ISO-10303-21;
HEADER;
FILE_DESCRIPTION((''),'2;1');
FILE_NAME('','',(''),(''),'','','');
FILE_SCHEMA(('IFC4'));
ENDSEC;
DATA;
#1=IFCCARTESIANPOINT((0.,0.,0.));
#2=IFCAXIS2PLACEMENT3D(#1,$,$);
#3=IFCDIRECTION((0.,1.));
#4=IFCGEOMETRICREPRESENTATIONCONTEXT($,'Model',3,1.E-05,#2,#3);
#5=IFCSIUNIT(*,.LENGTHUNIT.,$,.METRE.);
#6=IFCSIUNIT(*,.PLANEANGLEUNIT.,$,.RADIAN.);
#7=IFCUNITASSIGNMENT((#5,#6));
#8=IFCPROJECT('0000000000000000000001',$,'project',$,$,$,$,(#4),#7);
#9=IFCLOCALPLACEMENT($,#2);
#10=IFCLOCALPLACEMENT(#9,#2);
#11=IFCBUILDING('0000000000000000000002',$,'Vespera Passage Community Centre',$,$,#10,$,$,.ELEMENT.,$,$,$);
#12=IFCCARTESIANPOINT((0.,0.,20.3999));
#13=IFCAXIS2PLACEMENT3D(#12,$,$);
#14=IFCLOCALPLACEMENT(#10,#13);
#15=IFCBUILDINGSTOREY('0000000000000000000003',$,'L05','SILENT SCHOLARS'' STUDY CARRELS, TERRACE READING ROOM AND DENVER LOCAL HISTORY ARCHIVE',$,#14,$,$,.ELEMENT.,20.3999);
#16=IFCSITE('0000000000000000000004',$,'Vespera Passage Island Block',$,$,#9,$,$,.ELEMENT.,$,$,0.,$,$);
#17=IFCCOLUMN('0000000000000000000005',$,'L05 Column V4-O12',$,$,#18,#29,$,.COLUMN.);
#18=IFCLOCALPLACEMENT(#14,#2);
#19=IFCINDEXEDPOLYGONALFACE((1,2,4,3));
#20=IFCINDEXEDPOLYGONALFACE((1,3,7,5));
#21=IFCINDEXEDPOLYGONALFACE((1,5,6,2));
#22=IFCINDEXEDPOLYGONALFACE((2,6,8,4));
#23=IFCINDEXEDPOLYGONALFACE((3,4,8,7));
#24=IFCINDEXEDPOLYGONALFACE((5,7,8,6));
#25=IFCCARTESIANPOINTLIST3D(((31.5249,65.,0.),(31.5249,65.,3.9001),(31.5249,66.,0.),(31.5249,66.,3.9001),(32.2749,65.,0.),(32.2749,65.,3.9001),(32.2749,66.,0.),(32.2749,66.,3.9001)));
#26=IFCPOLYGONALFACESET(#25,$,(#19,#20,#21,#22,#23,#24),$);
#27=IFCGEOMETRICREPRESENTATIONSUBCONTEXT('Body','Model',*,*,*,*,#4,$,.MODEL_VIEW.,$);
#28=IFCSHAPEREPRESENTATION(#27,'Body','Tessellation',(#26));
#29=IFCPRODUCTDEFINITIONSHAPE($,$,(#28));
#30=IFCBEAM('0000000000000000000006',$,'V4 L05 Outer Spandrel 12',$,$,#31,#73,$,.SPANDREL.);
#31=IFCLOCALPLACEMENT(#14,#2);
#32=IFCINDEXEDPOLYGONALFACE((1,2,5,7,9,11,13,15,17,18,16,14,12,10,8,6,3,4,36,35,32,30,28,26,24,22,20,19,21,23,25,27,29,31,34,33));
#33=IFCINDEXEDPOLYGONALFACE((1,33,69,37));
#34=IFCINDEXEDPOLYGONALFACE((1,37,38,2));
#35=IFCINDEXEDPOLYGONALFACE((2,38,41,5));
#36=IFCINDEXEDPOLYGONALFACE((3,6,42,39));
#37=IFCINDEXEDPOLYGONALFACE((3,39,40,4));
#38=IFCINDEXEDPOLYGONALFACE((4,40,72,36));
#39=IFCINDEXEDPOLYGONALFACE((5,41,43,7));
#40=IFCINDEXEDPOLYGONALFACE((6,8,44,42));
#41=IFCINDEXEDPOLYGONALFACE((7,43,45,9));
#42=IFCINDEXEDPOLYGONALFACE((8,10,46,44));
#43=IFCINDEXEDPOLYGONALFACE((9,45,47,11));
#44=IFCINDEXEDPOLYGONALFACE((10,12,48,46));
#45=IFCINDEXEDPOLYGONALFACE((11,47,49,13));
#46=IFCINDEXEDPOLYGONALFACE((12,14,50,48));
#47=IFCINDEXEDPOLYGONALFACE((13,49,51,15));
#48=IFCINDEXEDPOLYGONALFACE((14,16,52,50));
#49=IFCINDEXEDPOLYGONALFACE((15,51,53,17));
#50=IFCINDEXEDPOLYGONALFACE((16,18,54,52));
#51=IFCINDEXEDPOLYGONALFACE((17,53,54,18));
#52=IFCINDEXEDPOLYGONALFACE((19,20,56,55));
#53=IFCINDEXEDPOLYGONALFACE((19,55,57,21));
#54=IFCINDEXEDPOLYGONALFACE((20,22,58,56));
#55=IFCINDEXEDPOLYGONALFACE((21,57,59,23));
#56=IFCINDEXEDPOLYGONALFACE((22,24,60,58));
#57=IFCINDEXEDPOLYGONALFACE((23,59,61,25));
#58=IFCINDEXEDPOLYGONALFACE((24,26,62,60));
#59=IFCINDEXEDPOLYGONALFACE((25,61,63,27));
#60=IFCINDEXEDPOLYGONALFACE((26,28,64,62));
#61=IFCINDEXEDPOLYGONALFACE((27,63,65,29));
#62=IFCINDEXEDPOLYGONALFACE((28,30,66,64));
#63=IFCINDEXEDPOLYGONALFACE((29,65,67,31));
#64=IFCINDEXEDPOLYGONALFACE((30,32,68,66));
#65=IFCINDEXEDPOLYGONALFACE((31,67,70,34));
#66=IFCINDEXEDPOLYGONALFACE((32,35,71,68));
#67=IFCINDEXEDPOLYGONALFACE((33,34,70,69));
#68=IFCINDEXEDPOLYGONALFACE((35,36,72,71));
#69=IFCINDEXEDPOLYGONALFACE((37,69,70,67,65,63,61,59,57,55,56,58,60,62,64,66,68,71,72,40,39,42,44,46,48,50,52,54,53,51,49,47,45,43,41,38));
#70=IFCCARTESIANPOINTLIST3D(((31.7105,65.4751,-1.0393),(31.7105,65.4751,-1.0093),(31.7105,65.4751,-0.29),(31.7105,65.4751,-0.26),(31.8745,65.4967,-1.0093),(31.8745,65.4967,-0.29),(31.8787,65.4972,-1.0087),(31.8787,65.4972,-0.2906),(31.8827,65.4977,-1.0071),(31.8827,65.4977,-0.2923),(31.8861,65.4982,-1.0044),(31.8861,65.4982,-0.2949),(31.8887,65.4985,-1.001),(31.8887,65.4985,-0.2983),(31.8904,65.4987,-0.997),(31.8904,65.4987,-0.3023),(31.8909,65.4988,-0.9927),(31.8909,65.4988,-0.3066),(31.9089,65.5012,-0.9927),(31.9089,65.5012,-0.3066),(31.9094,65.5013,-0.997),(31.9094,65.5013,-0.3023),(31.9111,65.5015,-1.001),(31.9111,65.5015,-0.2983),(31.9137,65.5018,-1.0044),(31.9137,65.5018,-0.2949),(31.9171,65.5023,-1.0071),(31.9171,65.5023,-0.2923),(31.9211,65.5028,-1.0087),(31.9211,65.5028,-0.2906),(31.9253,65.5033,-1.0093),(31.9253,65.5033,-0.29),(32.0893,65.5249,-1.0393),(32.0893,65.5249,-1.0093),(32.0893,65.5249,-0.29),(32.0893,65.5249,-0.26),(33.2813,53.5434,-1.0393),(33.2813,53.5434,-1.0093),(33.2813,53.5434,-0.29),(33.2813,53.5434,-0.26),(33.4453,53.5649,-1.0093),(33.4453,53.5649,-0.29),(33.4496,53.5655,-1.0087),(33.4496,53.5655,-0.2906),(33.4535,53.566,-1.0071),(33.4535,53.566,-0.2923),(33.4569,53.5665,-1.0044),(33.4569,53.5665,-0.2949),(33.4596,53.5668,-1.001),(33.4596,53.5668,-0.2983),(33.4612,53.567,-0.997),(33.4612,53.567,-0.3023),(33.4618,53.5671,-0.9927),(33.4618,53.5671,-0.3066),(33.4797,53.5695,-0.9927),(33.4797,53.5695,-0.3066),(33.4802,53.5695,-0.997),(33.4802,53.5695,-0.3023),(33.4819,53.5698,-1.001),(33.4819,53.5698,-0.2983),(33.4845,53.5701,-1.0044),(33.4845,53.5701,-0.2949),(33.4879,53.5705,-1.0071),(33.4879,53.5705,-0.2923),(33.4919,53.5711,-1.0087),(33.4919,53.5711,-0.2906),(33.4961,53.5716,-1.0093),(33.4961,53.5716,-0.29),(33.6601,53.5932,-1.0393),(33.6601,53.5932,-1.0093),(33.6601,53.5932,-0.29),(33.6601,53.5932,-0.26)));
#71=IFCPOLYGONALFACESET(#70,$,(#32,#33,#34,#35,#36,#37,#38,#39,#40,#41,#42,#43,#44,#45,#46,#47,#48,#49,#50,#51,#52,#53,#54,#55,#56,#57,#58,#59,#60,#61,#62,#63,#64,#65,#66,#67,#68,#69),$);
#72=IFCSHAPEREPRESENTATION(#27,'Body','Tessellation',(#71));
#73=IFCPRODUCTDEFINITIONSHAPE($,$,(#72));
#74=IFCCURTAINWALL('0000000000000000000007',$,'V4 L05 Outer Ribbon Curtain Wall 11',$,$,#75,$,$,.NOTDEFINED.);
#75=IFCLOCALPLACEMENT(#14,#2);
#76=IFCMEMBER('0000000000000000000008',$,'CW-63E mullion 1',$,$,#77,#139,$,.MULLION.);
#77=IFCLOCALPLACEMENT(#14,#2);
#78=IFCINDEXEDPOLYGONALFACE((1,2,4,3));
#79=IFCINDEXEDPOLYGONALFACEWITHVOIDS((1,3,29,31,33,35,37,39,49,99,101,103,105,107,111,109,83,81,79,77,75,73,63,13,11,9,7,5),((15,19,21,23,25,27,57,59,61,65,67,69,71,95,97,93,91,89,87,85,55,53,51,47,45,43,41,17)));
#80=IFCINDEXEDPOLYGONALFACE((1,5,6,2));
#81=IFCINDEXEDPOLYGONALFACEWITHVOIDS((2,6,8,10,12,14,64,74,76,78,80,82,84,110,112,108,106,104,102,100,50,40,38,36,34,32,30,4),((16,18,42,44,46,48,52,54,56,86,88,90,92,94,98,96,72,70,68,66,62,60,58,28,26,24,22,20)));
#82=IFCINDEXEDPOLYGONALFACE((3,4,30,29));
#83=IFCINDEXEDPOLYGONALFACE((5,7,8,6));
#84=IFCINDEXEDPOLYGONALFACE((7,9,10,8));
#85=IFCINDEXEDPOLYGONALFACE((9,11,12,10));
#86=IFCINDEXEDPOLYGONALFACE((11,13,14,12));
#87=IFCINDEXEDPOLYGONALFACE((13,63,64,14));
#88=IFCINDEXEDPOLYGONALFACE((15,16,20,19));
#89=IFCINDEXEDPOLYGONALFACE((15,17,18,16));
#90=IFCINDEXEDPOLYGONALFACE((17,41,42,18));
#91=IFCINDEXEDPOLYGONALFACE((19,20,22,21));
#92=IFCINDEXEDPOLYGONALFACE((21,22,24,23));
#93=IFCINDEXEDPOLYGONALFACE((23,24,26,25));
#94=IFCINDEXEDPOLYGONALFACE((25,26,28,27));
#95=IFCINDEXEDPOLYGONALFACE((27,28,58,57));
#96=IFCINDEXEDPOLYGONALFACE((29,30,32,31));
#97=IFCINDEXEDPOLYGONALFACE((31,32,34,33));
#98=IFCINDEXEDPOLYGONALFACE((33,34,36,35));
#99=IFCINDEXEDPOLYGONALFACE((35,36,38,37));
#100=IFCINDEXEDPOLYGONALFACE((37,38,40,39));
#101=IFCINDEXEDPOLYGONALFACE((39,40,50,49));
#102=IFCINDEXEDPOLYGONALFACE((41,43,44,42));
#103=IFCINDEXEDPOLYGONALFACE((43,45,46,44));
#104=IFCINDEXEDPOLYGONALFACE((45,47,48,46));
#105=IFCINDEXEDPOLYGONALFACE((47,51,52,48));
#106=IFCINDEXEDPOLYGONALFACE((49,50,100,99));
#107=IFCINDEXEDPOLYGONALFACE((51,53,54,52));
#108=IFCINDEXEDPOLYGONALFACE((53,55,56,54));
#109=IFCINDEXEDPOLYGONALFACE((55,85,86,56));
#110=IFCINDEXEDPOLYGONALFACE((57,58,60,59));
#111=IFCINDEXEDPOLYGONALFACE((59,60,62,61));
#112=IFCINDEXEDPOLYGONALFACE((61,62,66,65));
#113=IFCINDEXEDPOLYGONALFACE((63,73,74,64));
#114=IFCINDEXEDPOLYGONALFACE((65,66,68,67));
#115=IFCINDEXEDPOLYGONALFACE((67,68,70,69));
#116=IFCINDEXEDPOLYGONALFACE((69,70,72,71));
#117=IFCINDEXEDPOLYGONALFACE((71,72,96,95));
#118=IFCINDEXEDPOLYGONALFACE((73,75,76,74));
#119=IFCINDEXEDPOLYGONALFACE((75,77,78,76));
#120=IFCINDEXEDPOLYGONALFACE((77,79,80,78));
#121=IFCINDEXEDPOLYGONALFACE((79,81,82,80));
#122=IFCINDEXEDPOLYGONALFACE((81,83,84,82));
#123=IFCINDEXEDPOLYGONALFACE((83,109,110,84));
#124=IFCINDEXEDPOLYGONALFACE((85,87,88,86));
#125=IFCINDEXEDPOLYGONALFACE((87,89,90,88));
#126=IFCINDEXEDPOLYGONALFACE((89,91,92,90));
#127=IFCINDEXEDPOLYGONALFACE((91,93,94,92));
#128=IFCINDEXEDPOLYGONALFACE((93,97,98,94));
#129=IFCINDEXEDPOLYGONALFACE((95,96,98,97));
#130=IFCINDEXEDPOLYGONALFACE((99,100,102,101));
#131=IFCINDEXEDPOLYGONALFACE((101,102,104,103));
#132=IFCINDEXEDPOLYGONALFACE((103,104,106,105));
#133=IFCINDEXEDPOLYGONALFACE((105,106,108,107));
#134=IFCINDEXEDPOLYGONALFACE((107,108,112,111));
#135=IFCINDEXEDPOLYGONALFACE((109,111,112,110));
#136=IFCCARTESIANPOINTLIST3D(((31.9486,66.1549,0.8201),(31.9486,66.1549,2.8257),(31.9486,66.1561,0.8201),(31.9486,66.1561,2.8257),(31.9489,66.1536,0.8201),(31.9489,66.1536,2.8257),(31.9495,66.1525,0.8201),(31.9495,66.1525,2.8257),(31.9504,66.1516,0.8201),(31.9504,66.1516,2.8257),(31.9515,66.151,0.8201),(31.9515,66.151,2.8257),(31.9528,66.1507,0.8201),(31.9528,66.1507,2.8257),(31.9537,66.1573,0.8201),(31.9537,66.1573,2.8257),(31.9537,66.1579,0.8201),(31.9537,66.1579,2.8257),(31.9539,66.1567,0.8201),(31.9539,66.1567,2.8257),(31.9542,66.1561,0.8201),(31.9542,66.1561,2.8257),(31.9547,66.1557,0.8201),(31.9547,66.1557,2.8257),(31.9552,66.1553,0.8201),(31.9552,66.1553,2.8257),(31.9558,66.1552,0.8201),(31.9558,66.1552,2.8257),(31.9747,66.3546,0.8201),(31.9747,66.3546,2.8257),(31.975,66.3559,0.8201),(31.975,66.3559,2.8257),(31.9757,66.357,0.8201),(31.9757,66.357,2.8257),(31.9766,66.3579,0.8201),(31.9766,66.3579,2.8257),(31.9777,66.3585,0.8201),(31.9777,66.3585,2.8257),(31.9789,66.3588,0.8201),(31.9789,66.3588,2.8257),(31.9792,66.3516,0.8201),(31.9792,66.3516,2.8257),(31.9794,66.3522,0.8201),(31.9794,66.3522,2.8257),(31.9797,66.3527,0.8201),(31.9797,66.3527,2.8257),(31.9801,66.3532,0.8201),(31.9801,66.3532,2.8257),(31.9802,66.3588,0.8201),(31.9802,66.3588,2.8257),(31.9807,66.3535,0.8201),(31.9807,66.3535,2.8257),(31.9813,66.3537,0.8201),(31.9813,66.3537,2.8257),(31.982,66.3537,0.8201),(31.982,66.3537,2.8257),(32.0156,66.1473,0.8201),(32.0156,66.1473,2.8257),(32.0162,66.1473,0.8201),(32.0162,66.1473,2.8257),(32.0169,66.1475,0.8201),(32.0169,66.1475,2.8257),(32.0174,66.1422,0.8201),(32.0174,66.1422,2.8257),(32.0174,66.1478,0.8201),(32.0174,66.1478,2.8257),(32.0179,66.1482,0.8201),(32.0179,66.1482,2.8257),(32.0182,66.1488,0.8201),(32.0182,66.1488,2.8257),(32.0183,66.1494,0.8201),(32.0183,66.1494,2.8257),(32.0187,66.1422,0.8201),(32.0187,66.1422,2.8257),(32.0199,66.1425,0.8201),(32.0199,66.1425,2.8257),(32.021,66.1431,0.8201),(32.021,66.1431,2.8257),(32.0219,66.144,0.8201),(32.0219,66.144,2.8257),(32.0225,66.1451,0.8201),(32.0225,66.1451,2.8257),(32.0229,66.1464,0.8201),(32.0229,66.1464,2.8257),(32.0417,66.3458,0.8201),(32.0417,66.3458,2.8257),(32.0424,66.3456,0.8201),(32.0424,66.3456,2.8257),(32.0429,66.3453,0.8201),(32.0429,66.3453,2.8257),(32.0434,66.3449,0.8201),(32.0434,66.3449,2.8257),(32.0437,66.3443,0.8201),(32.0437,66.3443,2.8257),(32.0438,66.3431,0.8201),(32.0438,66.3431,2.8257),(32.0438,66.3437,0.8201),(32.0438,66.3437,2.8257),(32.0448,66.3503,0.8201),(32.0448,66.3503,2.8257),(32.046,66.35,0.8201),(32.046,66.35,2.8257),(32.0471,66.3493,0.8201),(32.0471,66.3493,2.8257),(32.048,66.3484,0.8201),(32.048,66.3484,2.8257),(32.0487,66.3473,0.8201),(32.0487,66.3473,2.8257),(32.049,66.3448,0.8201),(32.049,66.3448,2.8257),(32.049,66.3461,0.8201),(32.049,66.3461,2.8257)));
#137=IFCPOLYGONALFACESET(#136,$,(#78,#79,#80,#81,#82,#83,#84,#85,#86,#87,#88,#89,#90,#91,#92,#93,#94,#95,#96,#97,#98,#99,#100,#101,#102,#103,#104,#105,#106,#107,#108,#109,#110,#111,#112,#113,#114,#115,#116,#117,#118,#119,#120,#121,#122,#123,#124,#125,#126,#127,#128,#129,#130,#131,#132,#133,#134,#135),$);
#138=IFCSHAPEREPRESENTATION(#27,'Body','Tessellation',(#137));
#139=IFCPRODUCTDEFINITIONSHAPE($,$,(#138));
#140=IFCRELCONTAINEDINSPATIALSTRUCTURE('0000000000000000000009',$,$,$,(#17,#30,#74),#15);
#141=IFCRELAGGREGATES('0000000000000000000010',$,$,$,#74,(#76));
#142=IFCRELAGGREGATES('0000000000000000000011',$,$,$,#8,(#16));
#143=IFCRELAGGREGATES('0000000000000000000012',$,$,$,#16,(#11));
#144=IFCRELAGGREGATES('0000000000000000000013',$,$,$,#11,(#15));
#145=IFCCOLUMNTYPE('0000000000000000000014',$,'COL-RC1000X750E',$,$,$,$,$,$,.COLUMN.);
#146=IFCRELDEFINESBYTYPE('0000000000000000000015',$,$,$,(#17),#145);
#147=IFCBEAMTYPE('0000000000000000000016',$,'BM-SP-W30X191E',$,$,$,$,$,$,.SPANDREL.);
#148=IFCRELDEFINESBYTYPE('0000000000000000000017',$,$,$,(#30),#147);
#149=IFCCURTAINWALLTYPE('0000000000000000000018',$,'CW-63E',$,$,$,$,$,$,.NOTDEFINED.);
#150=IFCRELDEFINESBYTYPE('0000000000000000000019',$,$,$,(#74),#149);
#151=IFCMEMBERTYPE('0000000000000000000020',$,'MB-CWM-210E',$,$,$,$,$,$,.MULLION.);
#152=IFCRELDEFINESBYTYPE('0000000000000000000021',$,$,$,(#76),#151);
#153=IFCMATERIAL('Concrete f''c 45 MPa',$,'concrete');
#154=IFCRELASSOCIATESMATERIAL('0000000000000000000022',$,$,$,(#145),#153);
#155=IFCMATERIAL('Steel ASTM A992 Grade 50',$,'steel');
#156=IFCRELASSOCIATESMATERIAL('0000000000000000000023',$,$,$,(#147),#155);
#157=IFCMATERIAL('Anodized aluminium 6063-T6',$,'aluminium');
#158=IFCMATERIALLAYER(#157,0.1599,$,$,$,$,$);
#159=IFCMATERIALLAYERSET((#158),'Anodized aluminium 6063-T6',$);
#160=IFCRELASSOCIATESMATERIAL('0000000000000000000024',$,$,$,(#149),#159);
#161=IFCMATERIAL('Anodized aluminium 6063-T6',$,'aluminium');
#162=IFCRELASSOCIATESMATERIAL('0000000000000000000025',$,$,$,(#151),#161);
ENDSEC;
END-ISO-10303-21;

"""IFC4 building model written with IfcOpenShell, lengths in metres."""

from ifc_helpers import new_model, si_unit, direction, frame, origin, origin_2d, place, context, subcontext, project, spatial, rectangle, hollow_rectangle, i_section, extrude, material, layer, layer_set, material_profile, profile_set, type_object, element, aggregate, save


model = new_model("IFC4")

# Units and contexts
model_context = context("Model", 3, precision=1e-05, world=origin(), true_north=direction((0.0, 1.0)))
body_context = subcontext(model_context, "Body", "Model", "MODEL_VIEW")
ifc_project = project(units=[si_unit("LENGTHUNIT", "METRE"), si_unit("PLANEANGLEUNIT", "RADIAN")], contexts=[model_context])

# Site, building, storey
site_placement = place(None, origin())
site = spatial("IfcSite", under=ifc_project, at=site_placement, Name="Vespera Passage Island Block", CompositionType="ELEMENT", RefElevation=0.0)
building_placement = place(site_placement, origin())
building = spatial("IfcBuilding", under=site, at=building_placement, Name="Vespera Passage Community Centre", CompositionType="ELEMENT")
storey_placement = place(building_placement, frame((0.0, 0.0, 20.3999)))
storey = spatial("IfcBuildingStorey", under=building, at=storey_placement, Name="L05", Description="SILENT SCHOLARS' STUDY CARRELS, TERRACE READING ROOM AND DENVER LOCAL HISTORY ARCHIVE", CompositionType="ELEMENT", Elevation=20.3999)

# Column
ifc_material_1 = material(Name="Concrete f'c 45 MPa", Category="concrete")
ifc_material_profile_1 = material_profile(ifc_material_1, rectangle(XDim=0.75, YDim=1.0, at=origin_2d()), Name="RC1000X750")
ifc_profile_set_1 = profile_set([ifc_material_profile_1], Name="Concrete f'c 45 MPa")
column_type = type_object("IfcColumnType", Name="COL-RC1000X750E", PredefinedType="COLUMN", material=ifc_profile_set_1)
column_placement = place(storey_placement, frame((31.8999, 65.5, 0.0), z_axis=(0.0, 0.0, 1.0), x_axis=(1.0, 0.0, 0.0)))
element("IfcColumn", 1, at=column_placement, inside=storey, type_object=column_type, Name="L05 Column V4-O12", PredefinedType="COLUMN", context=body_context, shape_type="SweptSolid", body=[
    extrude(rectangle(XDim=0.75, YDim=1.0, at=origin_2d()), origin(), (0.0, 0.0, 1.0), 3.9001),
])

# Beam
ifc_material_2 = material(Name="Steel ASTM A992 Grade 50", Category="steel")
ifc_material_profile_2 = material_profile(ifc_material_2, i_section(OverallWidth=0.3821, OverallDepth=0.7793, WebThickness=0.0181, FlangeThickness=0.03, FilletRadius=0.0166, at=origin_2d()), Name="W30X191")
ifc_profile_set_2 = profile_set([ifc_material_profile_2], Name="Steel ASTM A992 Grade 50")
beam_type = type_object("IfcBeamType", Name="BM-SP-W30X191E", PredefinedType="SPANDREL", material=ifc_profile_set_2)
beam_placement = place(storey_placement, frame((31.8999, 65.5, -0.6497), z_axis=(0.130524, -0.991445, 0.0), x_axis=(0.991445, 0.130524, 0.0)))
element("IfcBeam", 2, at=beam_placement, inside=storey, type_object=beam_type, Name="V4 L05 Outer Spandrel 12", PredefinedType="SPANDREL", context=body_context, shape_type="SweptSolid", body=[
    extrude(i_section(OverallWidth=0.3821, OverallDepth=0.7793, WebThickness=0.0181, FlangeThickness=0.03, FilletRadius=0.0166, at=origin_2d()), origin(), (0.0, 0.0, 1.0), 12.0347),
])

# Curtain wall, member
ifc_material_3 = material(Name="Anodized aluminium 6063-T6", Category="aluminium")
ifc_layer_1 = layer(ifc_material_3, 0.1599)
ifc_layer_set_1 = layer_set([ifc_layer_1], Name="Anodized aluminium 6063-T6")
curtain_wall_type = type_object("IfcCurtainWallType", Name="CW-63E", PredefinedType="NOTDEFINED", material=ifc_layer_set_1)
curtain_wall_placement = place(storey_placement, origin())
curtain_wall = element("IfcCurtainWall", 3, at=curtain_wall_placement, inside=storey, type_object=curtain_wall_type, Name="V4 L05 Outer Ribbon Curtain Wall 11", PredefinedType="NOTDEFINED")
ifc_material_4 = material(Name="Anodized aluminium 6063-T6", Category="aluminium")
ifc_material_profile_3 = material_profile(ifc_material_4, hollow_rectangle(XDim=0.075, YDim=0.21, WallThickness=0.0049, InnerFilletRadius=0.0024, OuterFilletRadius=0.0049, at=origin_2d()), Name="ALU210X75X5")
ifc_profile_set_3 = profile_set([ifc_material_profile_3], Name="Anodized aluminium 6063-T6")
member_type_1 = type_object("IfcMemberType", Name="MB-CWM-210E", PredefinedType="MULLION", material=ifc_profile_set_3)
member_1_placement = place(storey_placement, frame((31.9988, 66.2505, 0.8201), z_axis=(0.0, 0.0, 1.0), x_axis=(-0.991445, 0.130523, 0.0)))
member_1 = element("IfcMember", 4, at=member_1_placement, type_object=member_type_1, Name="CW-63E mullion 1", PredefinedType="MULLION", context=body_context, shape_type="SweptSolid", body=[
    extrude(hollow_rectangle(XDim=0.075, YDim=0.21, WallThickness=0.0049, InnerFilletRadius=0.0024, OuterFilletRadius=0.0049, at=origin_2d()), origin(), (0.0, 0.0, 1.0), 2.0056),
])
aggregate(curtain_wall, [member_1])

save(model, "model.ifc")
